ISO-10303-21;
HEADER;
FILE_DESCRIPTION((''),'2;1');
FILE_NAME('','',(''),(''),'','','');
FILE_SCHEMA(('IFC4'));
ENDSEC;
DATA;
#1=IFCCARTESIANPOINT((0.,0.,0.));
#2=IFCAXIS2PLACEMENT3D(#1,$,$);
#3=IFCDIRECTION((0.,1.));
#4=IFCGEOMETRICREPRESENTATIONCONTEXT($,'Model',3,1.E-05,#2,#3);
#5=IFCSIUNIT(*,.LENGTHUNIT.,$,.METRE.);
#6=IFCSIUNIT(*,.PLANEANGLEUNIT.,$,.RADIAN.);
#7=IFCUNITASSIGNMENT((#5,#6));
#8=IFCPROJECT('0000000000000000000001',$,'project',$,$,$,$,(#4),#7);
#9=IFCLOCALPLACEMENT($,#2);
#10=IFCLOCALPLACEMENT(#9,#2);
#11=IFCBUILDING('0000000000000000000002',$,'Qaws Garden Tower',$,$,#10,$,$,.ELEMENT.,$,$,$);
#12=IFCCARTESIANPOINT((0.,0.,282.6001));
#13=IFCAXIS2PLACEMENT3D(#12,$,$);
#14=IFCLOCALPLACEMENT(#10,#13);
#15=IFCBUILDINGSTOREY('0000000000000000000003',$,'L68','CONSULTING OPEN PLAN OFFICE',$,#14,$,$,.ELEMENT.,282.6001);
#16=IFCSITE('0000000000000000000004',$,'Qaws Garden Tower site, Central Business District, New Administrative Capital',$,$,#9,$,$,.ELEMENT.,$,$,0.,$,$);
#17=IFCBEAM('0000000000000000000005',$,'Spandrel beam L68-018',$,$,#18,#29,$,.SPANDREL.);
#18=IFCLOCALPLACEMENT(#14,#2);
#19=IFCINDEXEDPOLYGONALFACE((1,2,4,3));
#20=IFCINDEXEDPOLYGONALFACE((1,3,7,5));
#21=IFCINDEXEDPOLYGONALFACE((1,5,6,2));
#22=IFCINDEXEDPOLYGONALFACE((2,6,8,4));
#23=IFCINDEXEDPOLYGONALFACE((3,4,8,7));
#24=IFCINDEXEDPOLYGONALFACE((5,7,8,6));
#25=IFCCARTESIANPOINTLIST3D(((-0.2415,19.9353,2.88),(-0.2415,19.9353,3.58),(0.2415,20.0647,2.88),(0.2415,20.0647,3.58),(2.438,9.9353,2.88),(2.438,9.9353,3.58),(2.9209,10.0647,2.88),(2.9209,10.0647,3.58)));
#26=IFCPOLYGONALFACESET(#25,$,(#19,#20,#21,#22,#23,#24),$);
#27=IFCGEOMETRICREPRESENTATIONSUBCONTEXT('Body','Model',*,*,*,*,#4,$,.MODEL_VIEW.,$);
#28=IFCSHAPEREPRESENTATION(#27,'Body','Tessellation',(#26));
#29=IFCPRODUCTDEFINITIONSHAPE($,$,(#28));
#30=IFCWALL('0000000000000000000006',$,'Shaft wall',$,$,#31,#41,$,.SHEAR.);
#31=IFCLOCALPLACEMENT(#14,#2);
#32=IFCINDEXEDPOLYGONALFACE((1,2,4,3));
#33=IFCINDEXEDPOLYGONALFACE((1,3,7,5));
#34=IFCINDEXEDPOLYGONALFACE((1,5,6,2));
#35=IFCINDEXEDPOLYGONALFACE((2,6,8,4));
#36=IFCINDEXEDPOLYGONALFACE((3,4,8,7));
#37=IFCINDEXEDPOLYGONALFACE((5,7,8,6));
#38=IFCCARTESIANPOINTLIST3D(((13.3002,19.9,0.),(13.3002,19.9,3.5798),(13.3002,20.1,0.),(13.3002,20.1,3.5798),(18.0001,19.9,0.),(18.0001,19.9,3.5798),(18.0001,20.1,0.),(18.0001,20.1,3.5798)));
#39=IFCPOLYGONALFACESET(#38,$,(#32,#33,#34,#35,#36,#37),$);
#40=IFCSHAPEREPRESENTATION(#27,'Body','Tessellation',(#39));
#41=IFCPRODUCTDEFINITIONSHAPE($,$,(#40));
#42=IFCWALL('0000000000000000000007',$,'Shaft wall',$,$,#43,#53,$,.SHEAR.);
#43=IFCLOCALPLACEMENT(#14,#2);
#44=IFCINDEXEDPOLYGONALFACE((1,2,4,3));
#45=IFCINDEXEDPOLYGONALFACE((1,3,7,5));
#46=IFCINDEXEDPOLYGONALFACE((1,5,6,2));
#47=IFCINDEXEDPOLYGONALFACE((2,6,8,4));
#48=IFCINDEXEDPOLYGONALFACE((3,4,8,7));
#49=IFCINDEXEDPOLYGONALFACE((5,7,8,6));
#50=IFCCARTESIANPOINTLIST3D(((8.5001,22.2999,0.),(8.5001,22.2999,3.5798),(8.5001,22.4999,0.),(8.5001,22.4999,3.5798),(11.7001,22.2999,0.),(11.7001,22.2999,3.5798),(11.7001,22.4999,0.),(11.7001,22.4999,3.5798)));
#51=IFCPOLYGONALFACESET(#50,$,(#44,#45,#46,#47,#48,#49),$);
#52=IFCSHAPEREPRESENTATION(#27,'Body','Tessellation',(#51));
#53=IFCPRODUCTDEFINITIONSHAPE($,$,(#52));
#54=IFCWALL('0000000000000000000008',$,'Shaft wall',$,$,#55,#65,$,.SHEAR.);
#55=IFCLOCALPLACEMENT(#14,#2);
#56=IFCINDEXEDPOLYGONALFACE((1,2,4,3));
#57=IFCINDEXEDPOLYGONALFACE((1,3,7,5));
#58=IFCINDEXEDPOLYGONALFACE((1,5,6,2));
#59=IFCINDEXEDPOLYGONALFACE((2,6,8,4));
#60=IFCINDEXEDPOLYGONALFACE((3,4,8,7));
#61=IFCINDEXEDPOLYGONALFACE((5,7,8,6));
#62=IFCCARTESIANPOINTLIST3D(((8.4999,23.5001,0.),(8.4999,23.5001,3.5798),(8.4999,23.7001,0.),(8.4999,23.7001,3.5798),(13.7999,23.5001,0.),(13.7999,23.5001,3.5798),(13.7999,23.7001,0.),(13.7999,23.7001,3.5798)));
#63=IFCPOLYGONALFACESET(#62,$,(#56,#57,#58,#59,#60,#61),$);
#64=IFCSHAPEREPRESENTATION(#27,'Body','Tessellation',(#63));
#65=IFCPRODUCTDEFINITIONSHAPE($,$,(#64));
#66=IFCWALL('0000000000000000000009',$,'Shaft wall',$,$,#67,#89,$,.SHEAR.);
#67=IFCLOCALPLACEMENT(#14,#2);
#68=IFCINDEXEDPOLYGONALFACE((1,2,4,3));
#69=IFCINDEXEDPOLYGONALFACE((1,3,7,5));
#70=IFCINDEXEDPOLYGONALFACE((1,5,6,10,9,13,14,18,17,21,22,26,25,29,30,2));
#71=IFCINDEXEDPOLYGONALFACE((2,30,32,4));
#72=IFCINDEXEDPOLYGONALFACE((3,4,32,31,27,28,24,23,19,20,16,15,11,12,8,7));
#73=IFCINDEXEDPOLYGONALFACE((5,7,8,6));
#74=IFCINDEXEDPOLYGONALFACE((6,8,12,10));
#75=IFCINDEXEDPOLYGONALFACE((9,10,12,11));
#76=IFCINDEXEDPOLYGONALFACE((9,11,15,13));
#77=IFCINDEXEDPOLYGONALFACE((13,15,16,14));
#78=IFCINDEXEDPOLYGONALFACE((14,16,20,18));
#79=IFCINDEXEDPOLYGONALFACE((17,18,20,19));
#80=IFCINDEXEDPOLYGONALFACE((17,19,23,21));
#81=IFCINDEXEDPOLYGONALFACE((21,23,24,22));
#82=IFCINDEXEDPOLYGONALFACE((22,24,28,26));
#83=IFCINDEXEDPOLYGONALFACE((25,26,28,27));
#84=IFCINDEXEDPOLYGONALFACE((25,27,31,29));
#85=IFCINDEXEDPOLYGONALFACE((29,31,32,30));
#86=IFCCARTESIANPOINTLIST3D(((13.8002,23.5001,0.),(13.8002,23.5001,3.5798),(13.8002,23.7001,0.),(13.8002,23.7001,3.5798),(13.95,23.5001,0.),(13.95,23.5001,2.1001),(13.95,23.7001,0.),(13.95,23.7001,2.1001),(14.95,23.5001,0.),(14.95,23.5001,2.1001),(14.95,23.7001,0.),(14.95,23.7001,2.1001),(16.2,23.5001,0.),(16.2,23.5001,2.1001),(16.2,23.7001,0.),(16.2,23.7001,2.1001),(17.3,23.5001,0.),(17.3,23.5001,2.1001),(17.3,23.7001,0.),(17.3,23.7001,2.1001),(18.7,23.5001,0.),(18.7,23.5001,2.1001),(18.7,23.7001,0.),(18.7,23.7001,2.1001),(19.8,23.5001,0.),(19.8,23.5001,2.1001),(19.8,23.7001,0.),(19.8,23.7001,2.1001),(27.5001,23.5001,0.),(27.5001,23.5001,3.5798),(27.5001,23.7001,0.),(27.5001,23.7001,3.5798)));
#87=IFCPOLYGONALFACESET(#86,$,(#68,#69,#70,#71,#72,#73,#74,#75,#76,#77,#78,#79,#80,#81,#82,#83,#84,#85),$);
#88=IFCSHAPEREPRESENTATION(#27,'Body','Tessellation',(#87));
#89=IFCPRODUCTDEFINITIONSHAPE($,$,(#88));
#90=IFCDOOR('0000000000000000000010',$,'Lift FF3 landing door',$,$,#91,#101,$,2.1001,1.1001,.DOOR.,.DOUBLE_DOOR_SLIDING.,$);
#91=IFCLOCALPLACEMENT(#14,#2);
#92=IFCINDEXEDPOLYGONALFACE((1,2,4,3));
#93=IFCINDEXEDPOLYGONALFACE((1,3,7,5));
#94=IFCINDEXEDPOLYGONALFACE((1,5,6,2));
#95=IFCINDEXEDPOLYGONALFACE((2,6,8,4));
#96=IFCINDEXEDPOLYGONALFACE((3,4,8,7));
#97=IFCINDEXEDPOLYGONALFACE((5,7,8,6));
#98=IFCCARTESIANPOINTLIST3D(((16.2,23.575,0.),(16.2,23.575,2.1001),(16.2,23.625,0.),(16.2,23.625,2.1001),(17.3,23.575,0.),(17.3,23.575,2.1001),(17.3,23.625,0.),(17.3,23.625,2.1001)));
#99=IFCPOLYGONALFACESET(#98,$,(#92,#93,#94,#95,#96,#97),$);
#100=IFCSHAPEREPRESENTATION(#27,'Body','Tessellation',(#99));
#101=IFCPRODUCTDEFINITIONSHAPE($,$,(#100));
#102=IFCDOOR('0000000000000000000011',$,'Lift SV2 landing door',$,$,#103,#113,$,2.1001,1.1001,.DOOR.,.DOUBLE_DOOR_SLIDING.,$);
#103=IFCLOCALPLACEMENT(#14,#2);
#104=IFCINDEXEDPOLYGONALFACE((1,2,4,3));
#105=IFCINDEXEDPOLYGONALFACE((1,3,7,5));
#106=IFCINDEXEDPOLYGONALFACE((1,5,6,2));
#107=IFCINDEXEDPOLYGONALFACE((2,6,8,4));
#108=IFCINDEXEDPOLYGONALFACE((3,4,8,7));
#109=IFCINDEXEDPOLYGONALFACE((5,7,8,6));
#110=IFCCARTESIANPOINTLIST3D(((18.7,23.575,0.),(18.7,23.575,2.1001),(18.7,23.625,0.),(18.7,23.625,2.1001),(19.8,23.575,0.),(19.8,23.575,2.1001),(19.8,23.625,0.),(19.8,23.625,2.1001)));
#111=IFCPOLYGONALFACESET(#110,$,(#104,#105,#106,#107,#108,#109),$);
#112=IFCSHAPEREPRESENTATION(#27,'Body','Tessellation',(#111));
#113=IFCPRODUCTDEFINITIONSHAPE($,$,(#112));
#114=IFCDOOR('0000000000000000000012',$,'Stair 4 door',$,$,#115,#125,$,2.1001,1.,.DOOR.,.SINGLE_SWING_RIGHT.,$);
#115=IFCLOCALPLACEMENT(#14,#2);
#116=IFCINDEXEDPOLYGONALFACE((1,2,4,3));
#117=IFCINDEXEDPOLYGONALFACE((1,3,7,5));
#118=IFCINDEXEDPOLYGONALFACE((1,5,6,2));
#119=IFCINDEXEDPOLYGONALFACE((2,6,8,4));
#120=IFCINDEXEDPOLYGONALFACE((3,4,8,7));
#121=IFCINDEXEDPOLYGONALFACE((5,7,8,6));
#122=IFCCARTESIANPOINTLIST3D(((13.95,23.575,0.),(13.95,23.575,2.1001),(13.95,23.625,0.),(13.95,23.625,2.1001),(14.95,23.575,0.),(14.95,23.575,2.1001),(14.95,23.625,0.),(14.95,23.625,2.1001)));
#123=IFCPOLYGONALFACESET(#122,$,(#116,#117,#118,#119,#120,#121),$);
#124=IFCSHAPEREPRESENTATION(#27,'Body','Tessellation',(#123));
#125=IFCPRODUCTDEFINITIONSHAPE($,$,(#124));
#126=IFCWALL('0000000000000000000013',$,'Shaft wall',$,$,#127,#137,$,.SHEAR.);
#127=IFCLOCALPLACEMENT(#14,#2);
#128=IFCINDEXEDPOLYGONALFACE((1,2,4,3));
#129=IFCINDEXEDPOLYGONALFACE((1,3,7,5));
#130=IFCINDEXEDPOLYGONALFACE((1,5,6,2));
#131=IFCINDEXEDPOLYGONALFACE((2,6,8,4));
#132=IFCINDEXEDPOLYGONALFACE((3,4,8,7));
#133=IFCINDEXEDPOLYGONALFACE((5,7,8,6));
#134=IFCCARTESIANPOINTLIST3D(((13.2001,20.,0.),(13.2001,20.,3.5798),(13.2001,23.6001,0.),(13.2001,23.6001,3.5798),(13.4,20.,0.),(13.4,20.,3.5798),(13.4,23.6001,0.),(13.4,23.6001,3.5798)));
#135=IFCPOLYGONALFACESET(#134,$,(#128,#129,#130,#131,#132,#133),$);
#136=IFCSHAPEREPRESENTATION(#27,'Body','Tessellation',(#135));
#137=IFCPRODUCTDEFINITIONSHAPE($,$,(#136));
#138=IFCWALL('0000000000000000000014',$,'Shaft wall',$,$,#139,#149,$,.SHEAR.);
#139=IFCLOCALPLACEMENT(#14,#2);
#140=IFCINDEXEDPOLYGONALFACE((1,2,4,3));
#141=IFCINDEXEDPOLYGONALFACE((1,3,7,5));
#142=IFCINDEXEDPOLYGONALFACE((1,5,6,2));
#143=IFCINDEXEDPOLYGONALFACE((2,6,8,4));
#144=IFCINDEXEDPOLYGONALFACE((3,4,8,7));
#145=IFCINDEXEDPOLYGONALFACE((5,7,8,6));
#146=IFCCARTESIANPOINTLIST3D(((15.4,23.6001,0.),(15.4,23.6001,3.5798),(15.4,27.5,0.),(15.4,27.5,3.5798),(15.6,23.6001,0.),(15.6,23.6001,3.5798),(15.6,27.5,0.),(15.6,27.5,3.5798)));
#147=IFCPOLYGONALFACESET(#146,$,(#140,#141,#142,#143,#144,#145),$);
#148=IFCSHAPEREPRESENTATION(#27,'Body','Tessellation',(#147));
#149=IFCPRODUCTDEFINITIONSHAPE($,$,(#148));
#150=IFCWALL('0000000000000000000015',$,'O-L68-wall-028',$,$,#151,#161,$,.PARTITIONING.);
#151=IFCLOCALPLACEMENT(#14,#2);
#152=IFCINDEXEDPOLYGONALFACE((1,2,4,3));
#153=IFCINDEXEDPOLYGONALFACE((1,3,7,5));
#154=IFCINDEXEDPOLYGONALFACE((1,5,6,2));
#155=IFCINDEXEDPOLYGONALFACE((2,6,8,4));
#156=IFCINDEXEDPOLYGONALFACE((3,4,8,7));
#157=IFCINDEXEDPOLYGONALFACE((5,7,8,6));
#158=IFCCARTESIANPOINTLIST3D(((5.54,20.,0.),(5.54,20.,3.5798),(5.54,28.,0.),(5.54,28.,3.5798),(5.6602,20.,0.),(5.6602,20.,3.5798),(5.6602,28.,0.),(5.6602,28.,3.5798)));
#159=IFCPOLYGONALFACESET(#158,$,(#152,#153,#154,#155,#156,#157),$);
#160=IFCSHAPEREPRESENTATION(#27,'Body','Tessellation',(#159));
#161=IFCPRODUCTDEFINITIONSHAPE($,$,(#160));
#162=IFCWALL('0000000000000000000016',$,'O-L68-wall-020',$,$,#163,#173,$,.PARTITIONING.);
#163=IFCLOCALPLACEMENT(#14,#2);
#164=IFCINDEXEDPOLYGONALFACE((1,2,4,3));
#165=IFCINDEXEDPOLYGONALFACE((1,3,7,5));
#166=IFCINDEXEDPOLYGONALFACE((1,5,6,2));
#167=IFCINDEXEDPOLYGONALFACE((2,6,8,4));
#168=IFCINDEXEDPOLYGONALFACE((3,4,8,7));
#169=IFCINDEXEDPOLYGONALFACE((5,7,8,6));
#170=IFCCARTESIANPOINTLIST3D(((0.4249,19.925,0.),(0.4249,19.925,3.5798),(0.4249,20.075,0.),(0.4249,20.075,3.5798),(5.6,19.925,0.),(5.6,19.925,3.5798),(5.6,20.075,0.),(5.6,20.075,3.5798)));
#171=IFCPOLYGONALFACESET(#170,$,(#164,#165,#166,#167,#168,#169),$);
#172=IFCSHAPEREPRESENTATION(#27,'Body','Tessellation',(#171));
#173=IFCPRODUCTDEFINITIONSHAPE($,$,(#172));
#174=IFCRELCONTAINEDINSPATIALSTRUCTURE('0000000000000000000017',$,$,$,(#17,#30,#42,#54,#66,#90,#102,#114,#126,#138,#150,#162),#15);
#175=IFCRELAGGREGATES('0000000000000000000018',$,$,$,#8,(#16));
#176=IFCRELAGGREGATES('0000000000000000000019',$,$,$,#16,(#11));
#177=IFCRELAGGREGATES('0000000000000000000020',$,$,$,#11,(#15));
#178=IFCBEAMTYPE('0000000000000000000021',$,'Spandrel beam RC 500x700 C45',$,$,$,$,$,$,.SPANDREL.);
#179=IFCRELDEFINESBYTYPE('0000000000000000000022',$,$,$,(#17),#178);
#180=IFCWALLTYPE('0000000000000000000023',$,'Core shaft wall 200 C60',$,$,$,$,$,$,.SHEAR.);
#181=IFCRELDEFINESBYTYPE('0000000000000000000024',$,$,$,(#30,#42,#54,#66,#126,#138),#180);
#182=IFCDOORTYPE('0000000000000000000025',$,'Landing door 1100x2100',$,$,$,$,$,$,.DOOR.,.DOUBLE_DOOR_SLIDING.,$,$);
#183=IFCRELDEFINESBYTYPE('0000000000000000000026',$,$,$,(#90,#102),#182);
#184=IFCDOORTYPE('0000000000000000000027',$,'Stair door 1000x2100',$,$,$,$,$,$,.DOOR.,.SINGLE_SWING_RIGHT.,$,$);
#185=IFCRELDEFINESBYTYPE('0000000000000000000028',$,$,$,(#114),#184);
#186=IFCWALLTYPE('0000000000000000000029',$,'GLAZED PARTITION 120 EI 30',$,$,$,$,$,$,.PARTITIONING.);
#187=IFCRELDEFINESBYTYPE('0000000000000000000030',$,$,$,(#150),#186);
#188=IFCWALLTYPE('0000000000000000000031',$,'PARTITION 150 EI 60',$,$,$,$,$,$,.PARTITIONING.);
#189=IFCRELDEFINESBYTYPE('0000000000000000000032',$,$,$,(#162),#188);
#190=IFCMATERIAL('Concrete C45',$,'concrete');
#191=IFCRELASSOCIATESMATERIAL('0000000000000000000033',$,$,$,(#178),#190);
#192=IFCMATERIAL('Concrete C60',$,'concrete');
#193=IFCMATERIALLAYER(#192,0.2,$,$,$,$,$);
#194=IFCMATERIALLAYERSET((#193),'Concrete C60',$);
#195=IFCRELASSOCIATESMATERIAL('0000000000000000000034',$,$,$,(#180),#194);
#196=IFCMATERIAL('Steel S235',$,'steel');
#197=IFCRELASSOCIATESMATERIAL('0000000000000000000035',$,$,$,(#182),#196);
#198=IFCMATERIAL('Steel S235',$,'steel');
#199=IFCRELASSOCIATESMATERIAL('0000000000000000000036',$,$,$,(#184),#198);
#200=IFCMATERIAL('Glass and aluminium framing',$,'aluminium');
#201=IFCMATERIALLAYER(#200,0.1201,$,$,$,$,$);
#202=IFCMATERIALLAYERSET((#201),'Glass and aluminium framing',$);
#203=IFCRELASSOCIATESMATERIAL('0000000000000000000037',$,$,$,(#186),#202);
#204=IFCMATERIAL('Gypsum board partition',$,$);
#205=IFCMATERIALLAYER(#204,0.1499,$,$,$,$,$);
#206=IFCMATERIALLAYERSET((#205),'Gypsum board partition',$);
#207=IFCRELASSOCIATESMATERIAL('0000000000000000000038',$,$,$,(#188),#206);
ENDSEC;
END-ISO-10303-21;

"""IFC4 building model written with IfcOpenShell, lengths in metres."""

from ifc_helpers import new_model, si_unit, direction, frame, frame_2d, origin, origin_2d, place, context, subcontext, project, spatial, rectangle, extrude, material, layer, layer_set, material_profile, profile_set, type_object, element, fill, save


model = new_model("IFC4")

# Units and contexts
model_context = context("Model", 3, precision=1e-05, world=origin(), true_north=direction((0.0, 1.0)))
body_context = subcontext(model_context, "Body", "Model", "MODEL_VIEW")
ifc_project = project(units=[si_unit("LENGTHUNIT", "METRE"), si_unit("PLANEANGLEUNIT", "RADIAN")], contexts=[model_context])

# Site, building, storey
site_placement = place(None, origin())
site = spatial("IfcSite", under=ifc_project, at=site_placement, Name="Qaws Garden Tower site, Central Business District, New Administrative Capital", CompositionType="ELEMENT", RefElevation=0.0)
building_placement = place(site_placement, origin())
building = spatial("IfcBuilding", under=site, at=building_placement, Name="Qaws Garden Tower", CompositionType="ELEMENT")
storey_placement = place(building_placement, frame((0.0, 0.0, 282.6001)))
storey = spatial("IfcBuildingStorey", under=building, at=storey_placement, Name="L68", Description="CONSULTING OPEN PLAN OFFICE", CompositionType="ELEMENT", Elevation=282.6001)

# Beam
ifc_material_1 = material(Name="Concrete C45", Category="concrete")
ifc_material_profile = material_profile(ifc_material_1, rectangle(XDim=0.5, YDim=0.7, at=origin_2d()), Name="RC 500x700")
ifc_profile_set = profile_set([ifc_material_profile], Name="Concrete C45")
beam_type = type_object("IfcBeamType", Name="Spandrel beam RC 500x700 C45", PredefinedType="SPANDREL", material=ifc_profile_set)
beam_placement = place(storey_placement, frame((0.0, 20.0, 3.23), z_axis=(0.258815, -0.965927, 0.0), x_axis=(0.965927, 0.258815, 0.0)))
element("IfcBeam", 1, at=beam_placement, inside=storey, type_object=beam_type, Name="Spandrel beam L68-018", PredefinedType="SPANDREL", context=body_context, shape_type="SweptSolid", body=[
    extrude(rectangle(XDim=0.5, YDim=0.7, at=origin_2d()), origin(), (0.0, 0.0, 1.0), 10.3528),
])

# Walls
ifc_material_2 = material(Name="Concrete C60", Category="concrete")
ifc_layer_1 = layer(ifc_material_2, 0.2)
ifc_layer_set_1 = layer_set([ifc_layer_1], Name="Concrete C60")
wall_type_1 = type_object("IfcWallType", Name="Core shaft wall 200 C60", PredefinedType="SHEAR", material=ifc_layer_set_1)
wall_1_placement = place(storey_placement, frame((13.3, 20.0, 0.0), z_axis=(0.0, 0.0, 1.0), x_axis=(1.0, 0.0, 0.0)))
element("IfcWall", 2, at=wall_1_placement, inside=storey, type_object=wall_type_1, Name="Shaft wall", PredefinedType="SHEAR", context=body_context, shape_type="SweptSolid", body=[
    extrude(rectangle(XDim=4.7, YDim=0.2, at=frame_2d((2.3501, 0.0))), origin(), (0.0, 0.0, 1.0), 3.5798),
])
wall_2_placement = place(storey_placement, frame((8.5, 22.3999, 0.0), z_axis=(0.0, 0.0, 1.0), x_axis=(1.0, 0.0, 0.0)))
element("IfcWall", 3, at=wall_2_placement, inside=storey, type_object=wall_type_1, Name="Shaft wall", PredefinedType="SHEAR", context=body_context, shape_type="SweptSolid", body=[
    extrude(rectangle(XDim=3.2, YDim=0.2, at=frame_2d((1.6001, 0.0))), origin(), (0.0, 0.0, 1.0), 3.5798),
])
wall_3_placement = place(storey_placement, frame((8.5, 23.6001, 0.0), z_axis=(0.0, 0.0, 1.0), x_axis=(1.0, 0.0, 0.0)))
element("IfcWall", 4, at=wall_3_placement, inside=storey, type_object=wall_type_1, Name="Shaft wall", PredefinedType="SHEAR", context=body_context, shape_type="SweptSolid", body=[
    extrude(rectangle(XDim=5.3, YDim=0.2, at=frame_2d((2.6499, 0.0))), origin(), (0.0, 0.0, 1.0), 3.5798),
])

# Wall, openings, doors
wall_4_placement = place(storey_placement, frame((13.8, 23.6001, 0.0), z_axis=(0.0, 0.0, 1.0), x_axis=(1.0, 0.0, 0.0)))
wall_4 = element("IfcWall", 5, at=wall_4_placement, inside=storey, type_object=wall_type_1, Name="Shaft wall", PredefinedType="SHEAR", context=body_context, shape_type="SweptSolid", body=[
    extrude(rectangle(XDim=13.7, YDim=0.2, at=frame_2d((6.8501, 0.0))), origin(), (0.0, 0.0, 1.0), 3.5798),
])
opening_1_placement = place(wall_4_placement, frame((2.3999, 0.0, 0.0)))
opening_1 = element("IfcOpeningElement", 6, at=opening_1_placement, cuts=wall_4, PredefinedType="OPENING", context=body_context, shape_type="SweptSolid", body=[
    extrude(rectangle(XDim=1.1001, YDim=2.1001, at=frame_2d((0.55, 1.05))), frame((0.0, 0.1099, 0.0), z_axis=(0.0, -1.0, 0.0), x_axis=(1.0, 0.0, 0.0)), (0.0, 0.0, 1.0), 0.22),
])
opening_2_placement = place(wall_4_placement, frame((4.8999, 0.0, 0.0)))
opening_2 = element("IfcOpeningElement", 7, at=opening_2_placement, cuts=wall_4, PredefinedType="OPENING", context=body_context, shape_type="SweptSolid", body=[
    extrude(rectangle(XDim=1.1001, YDim=2.1001, at=frame_2d((0.55, 1.05))), frame((0.0, 0.1099, 0.0), z_axis=(0.0, -1.0, 0.0), x_axis=(1.0, 0.0, 0.0)), (0.0, 0.0, 1.0), 0.22),
])
opening_3_placement = place(wall_4_placement, frame((0.1499, 0.0, 0.0)))
opening_3 = element("IfcOpeningElement", 8, at=opening_3_placement, cuts=wall_4, PredefinedType="OPENING", context=body_context, shape_type="SweptSolid", body=[
    extrude(rectangle(XDim=1.0, YDim=2.1001, at=frame_2d((0.5, 1.05))), frame((0.0, 0.1099, 0.0), z_axis=(0.0, -1.0, 0.0), x_axis=(1.0, 0.0, 0.0)), (0.0, 0.0, 1.0), 0.22),
])
ifc_material_3 = material(Name="Steel S235", Category="steel")
door_type_1 = type_object("IfcDoorType", Name="Landing door 1100x2100", OperationType="DOUBLE_DOOR_SLIDING", PredefinedType="DOOR", material=ifc_material_3)
door_1_placement = place(opening_1_placement, origin())
door_1 = element("IfcDoor", 9, at=door_1_placement, inside=storey, type_object=door_type_1, Name="Lift FF3 landing door", OperationType="DOUBLE_DOOR_SLIDING", OverallHeight=2.1001, OverallWidth=1.1001, PredefinedType="DOOR", context=body_context, shape_type="SweptSolid", body=[
    extrude(rectangle(XDim=1.1001, YDim=2.1001, at=frame_2d((0.55, 1.05))), frame((0.0, 0.0249, 0.0), z_axis=(0.0, -1.0, 0.0), x_axis=(1.0, 0.0, 0.0)), (0.0, 0.0, 1.0), 0.05),
])
fill(opening_1, door_1)
door_2_placement = place(opening_2_placement, origin())
door_2 = element("IfcDoor", 10, at=door_2_placement, inside=storey, type_object=door_type_1, Name="Lift SV2 landing door", OperationType="DOUBLE_DOOR_SLIDING", OverallHeight=2.1001, OverallWidth=1.1001, PredefinedType="DOOR", context=body_context, shape_type="SweptSolid", body=[
    extrude(rectangle(XDim=1.1001, YDim=2.1001, at=frame_2d((0.55, 1.05))), frame((0.0, 0.0249, 0.0), z_axis=(0.0, -1.0, 0.0), x_axis=(1.0, 0.0, 0.0)), (0.0, 0.0, 1.0), 0.05),
])
fill(opening_2, door_2)
ifc_material_4 = material(Name="Steel S235", Category="steel")
door_type_2 = type_object("IfcDoorType", Name="Stair door 1000x2100", OperationType="SINGLE_SWING_RIGHT", PredefinedType="DOOR", material=ifc_material_4)
door_3_placement = place(opening_3_placement, origin())
door_3 = element("IfcDoor", 11, at=door_3_placement, inside=storey, type_object=door_type_2, Name="Stair 4 door", OperationType="SINGLE_SWING_RIGHT", OverallHeight=2.1001, OverallWidth=1.0, PredefinedType="DOOR", context=body_context, shape_type="SweptSolid", body=[
    extrude(rectangle(XDim=1.0, YDim=2.1001, at=frame_2d((0.5, 1.05))), frame((0.0, 0.0249, 0.0), z_axis=(0.0, -1.0, 0.0), x_axis=(1.0, 0.0, 0.0)), (0.0, 0.0, 1.0), 0.05),
])
fill(opening_3, door_3)

# Walls
wall_5_placement = place(storey_placement, frame((13.3, 20.0, 0.0), z_axis=(0.0, 0.0, 1.0), x_axis=(0.0, 1.0, 0.0)))
element("IfcWall", 12, at=wall_5_placement, inside=storey, type_object=wall_type_1, Name="Shaft wall", PredefinedType="SHEAR", context=body_context, shape_type="SweptSolid", body=[
    extrude(rectangle(XDim=3.6001, YDim=0.2, at=frame_2d((1.8, 0.0))), origin(), (0.0, 0.0, 1.0), 3.5798),
])
wall_6_placement = place(storey_placement, frame((15.5, 23.6001, 0.0), z_axis=(0.0, 0.0, 1.0), x_axis=(0.0, 1.0, 0.0)))
element("IfcWall", 13, at=wall_6_placement, inside=storey, type_object=wall_type_1, Name="Shaft wall", PredefinedType="SHEAR", context=body_context, shape_type="SweptSolid", body=[
    extrude(rectangle(XDim=3.8999, YDim=0.2, at=frame_2d((1.95, 0.0))), origin(), (0.0, 0.0, 1.0), 3.5798),
])
ifc_material_5 = material(Name="Glass and aluminium framing", Category="aluminium")
ifc_layer_2 = layer(ifc_material_5, 0.1201)
ifc_layer_set_2 = layer_set([ifc_layer_2], Name="Glass and aluminium framing")
wall_type_2 = type_object("IfcWallType", Name="GLAZED PARTITION 120 EI 30", PredefinedType="PARTITIONING", material=ifc_layer_set_2)
wall_7_placement = place(storey_placement, frame((5.6001, 20.0, 0.0), z_axis=(0.0, 0.0, 1.0), x_axis=(0.0, 1.0, 0.0)))
element("IfcWall", 14, at=wall_7_placement, inside=storey, type_object=wall_type_2, Name="O-L68-wall-028", PredefinedType="PARTITIONING", context=body_context, shape_type="SweptSolid", body=[
    extrude(rectangle(XDim=8.0, YDim=0.1201, at=frame_2d((4.0, 0.0))), origin(), (0.0, 0.0, 1.0), 3.5798),
])
ifc_material_6 = material(Name="Gypsum board partition")
ifc_layer_3 = layer(ifc_material_6, 0.1499)
ifc_layer_set_3 = layer_set([ifc_layer_3], Name="Gypsum board partition")
wall_type_3 = type_object("IfcWallType", Name="PARTITION 150 EI 60", PredefinedType="PARTITIONING", material=ifc_layer_set_3)
wall_8_placement = place(storey_placement, frame((0.425, 20.0, 0.0), z_axis=(0.0, 0.0, 1.0), x_axis=(1.0, 0.0, 0.0)))
element("IfcWall", 15, at=wall_8_placement, inside=storey, type_object=wall_type_3, Name="O-L68-wall-020", PredefinedType="PARTITIONING", context=body_context, shape_type="SweptSolid", body=[
    extrude(rectangle(XDim=5.175, YDim=0.1499, at=frame_2d((2.5874, 0.0))), origin(), (0.0, 0.0, 1.0), 3.5798),
])

save(model, "model.ifc")
